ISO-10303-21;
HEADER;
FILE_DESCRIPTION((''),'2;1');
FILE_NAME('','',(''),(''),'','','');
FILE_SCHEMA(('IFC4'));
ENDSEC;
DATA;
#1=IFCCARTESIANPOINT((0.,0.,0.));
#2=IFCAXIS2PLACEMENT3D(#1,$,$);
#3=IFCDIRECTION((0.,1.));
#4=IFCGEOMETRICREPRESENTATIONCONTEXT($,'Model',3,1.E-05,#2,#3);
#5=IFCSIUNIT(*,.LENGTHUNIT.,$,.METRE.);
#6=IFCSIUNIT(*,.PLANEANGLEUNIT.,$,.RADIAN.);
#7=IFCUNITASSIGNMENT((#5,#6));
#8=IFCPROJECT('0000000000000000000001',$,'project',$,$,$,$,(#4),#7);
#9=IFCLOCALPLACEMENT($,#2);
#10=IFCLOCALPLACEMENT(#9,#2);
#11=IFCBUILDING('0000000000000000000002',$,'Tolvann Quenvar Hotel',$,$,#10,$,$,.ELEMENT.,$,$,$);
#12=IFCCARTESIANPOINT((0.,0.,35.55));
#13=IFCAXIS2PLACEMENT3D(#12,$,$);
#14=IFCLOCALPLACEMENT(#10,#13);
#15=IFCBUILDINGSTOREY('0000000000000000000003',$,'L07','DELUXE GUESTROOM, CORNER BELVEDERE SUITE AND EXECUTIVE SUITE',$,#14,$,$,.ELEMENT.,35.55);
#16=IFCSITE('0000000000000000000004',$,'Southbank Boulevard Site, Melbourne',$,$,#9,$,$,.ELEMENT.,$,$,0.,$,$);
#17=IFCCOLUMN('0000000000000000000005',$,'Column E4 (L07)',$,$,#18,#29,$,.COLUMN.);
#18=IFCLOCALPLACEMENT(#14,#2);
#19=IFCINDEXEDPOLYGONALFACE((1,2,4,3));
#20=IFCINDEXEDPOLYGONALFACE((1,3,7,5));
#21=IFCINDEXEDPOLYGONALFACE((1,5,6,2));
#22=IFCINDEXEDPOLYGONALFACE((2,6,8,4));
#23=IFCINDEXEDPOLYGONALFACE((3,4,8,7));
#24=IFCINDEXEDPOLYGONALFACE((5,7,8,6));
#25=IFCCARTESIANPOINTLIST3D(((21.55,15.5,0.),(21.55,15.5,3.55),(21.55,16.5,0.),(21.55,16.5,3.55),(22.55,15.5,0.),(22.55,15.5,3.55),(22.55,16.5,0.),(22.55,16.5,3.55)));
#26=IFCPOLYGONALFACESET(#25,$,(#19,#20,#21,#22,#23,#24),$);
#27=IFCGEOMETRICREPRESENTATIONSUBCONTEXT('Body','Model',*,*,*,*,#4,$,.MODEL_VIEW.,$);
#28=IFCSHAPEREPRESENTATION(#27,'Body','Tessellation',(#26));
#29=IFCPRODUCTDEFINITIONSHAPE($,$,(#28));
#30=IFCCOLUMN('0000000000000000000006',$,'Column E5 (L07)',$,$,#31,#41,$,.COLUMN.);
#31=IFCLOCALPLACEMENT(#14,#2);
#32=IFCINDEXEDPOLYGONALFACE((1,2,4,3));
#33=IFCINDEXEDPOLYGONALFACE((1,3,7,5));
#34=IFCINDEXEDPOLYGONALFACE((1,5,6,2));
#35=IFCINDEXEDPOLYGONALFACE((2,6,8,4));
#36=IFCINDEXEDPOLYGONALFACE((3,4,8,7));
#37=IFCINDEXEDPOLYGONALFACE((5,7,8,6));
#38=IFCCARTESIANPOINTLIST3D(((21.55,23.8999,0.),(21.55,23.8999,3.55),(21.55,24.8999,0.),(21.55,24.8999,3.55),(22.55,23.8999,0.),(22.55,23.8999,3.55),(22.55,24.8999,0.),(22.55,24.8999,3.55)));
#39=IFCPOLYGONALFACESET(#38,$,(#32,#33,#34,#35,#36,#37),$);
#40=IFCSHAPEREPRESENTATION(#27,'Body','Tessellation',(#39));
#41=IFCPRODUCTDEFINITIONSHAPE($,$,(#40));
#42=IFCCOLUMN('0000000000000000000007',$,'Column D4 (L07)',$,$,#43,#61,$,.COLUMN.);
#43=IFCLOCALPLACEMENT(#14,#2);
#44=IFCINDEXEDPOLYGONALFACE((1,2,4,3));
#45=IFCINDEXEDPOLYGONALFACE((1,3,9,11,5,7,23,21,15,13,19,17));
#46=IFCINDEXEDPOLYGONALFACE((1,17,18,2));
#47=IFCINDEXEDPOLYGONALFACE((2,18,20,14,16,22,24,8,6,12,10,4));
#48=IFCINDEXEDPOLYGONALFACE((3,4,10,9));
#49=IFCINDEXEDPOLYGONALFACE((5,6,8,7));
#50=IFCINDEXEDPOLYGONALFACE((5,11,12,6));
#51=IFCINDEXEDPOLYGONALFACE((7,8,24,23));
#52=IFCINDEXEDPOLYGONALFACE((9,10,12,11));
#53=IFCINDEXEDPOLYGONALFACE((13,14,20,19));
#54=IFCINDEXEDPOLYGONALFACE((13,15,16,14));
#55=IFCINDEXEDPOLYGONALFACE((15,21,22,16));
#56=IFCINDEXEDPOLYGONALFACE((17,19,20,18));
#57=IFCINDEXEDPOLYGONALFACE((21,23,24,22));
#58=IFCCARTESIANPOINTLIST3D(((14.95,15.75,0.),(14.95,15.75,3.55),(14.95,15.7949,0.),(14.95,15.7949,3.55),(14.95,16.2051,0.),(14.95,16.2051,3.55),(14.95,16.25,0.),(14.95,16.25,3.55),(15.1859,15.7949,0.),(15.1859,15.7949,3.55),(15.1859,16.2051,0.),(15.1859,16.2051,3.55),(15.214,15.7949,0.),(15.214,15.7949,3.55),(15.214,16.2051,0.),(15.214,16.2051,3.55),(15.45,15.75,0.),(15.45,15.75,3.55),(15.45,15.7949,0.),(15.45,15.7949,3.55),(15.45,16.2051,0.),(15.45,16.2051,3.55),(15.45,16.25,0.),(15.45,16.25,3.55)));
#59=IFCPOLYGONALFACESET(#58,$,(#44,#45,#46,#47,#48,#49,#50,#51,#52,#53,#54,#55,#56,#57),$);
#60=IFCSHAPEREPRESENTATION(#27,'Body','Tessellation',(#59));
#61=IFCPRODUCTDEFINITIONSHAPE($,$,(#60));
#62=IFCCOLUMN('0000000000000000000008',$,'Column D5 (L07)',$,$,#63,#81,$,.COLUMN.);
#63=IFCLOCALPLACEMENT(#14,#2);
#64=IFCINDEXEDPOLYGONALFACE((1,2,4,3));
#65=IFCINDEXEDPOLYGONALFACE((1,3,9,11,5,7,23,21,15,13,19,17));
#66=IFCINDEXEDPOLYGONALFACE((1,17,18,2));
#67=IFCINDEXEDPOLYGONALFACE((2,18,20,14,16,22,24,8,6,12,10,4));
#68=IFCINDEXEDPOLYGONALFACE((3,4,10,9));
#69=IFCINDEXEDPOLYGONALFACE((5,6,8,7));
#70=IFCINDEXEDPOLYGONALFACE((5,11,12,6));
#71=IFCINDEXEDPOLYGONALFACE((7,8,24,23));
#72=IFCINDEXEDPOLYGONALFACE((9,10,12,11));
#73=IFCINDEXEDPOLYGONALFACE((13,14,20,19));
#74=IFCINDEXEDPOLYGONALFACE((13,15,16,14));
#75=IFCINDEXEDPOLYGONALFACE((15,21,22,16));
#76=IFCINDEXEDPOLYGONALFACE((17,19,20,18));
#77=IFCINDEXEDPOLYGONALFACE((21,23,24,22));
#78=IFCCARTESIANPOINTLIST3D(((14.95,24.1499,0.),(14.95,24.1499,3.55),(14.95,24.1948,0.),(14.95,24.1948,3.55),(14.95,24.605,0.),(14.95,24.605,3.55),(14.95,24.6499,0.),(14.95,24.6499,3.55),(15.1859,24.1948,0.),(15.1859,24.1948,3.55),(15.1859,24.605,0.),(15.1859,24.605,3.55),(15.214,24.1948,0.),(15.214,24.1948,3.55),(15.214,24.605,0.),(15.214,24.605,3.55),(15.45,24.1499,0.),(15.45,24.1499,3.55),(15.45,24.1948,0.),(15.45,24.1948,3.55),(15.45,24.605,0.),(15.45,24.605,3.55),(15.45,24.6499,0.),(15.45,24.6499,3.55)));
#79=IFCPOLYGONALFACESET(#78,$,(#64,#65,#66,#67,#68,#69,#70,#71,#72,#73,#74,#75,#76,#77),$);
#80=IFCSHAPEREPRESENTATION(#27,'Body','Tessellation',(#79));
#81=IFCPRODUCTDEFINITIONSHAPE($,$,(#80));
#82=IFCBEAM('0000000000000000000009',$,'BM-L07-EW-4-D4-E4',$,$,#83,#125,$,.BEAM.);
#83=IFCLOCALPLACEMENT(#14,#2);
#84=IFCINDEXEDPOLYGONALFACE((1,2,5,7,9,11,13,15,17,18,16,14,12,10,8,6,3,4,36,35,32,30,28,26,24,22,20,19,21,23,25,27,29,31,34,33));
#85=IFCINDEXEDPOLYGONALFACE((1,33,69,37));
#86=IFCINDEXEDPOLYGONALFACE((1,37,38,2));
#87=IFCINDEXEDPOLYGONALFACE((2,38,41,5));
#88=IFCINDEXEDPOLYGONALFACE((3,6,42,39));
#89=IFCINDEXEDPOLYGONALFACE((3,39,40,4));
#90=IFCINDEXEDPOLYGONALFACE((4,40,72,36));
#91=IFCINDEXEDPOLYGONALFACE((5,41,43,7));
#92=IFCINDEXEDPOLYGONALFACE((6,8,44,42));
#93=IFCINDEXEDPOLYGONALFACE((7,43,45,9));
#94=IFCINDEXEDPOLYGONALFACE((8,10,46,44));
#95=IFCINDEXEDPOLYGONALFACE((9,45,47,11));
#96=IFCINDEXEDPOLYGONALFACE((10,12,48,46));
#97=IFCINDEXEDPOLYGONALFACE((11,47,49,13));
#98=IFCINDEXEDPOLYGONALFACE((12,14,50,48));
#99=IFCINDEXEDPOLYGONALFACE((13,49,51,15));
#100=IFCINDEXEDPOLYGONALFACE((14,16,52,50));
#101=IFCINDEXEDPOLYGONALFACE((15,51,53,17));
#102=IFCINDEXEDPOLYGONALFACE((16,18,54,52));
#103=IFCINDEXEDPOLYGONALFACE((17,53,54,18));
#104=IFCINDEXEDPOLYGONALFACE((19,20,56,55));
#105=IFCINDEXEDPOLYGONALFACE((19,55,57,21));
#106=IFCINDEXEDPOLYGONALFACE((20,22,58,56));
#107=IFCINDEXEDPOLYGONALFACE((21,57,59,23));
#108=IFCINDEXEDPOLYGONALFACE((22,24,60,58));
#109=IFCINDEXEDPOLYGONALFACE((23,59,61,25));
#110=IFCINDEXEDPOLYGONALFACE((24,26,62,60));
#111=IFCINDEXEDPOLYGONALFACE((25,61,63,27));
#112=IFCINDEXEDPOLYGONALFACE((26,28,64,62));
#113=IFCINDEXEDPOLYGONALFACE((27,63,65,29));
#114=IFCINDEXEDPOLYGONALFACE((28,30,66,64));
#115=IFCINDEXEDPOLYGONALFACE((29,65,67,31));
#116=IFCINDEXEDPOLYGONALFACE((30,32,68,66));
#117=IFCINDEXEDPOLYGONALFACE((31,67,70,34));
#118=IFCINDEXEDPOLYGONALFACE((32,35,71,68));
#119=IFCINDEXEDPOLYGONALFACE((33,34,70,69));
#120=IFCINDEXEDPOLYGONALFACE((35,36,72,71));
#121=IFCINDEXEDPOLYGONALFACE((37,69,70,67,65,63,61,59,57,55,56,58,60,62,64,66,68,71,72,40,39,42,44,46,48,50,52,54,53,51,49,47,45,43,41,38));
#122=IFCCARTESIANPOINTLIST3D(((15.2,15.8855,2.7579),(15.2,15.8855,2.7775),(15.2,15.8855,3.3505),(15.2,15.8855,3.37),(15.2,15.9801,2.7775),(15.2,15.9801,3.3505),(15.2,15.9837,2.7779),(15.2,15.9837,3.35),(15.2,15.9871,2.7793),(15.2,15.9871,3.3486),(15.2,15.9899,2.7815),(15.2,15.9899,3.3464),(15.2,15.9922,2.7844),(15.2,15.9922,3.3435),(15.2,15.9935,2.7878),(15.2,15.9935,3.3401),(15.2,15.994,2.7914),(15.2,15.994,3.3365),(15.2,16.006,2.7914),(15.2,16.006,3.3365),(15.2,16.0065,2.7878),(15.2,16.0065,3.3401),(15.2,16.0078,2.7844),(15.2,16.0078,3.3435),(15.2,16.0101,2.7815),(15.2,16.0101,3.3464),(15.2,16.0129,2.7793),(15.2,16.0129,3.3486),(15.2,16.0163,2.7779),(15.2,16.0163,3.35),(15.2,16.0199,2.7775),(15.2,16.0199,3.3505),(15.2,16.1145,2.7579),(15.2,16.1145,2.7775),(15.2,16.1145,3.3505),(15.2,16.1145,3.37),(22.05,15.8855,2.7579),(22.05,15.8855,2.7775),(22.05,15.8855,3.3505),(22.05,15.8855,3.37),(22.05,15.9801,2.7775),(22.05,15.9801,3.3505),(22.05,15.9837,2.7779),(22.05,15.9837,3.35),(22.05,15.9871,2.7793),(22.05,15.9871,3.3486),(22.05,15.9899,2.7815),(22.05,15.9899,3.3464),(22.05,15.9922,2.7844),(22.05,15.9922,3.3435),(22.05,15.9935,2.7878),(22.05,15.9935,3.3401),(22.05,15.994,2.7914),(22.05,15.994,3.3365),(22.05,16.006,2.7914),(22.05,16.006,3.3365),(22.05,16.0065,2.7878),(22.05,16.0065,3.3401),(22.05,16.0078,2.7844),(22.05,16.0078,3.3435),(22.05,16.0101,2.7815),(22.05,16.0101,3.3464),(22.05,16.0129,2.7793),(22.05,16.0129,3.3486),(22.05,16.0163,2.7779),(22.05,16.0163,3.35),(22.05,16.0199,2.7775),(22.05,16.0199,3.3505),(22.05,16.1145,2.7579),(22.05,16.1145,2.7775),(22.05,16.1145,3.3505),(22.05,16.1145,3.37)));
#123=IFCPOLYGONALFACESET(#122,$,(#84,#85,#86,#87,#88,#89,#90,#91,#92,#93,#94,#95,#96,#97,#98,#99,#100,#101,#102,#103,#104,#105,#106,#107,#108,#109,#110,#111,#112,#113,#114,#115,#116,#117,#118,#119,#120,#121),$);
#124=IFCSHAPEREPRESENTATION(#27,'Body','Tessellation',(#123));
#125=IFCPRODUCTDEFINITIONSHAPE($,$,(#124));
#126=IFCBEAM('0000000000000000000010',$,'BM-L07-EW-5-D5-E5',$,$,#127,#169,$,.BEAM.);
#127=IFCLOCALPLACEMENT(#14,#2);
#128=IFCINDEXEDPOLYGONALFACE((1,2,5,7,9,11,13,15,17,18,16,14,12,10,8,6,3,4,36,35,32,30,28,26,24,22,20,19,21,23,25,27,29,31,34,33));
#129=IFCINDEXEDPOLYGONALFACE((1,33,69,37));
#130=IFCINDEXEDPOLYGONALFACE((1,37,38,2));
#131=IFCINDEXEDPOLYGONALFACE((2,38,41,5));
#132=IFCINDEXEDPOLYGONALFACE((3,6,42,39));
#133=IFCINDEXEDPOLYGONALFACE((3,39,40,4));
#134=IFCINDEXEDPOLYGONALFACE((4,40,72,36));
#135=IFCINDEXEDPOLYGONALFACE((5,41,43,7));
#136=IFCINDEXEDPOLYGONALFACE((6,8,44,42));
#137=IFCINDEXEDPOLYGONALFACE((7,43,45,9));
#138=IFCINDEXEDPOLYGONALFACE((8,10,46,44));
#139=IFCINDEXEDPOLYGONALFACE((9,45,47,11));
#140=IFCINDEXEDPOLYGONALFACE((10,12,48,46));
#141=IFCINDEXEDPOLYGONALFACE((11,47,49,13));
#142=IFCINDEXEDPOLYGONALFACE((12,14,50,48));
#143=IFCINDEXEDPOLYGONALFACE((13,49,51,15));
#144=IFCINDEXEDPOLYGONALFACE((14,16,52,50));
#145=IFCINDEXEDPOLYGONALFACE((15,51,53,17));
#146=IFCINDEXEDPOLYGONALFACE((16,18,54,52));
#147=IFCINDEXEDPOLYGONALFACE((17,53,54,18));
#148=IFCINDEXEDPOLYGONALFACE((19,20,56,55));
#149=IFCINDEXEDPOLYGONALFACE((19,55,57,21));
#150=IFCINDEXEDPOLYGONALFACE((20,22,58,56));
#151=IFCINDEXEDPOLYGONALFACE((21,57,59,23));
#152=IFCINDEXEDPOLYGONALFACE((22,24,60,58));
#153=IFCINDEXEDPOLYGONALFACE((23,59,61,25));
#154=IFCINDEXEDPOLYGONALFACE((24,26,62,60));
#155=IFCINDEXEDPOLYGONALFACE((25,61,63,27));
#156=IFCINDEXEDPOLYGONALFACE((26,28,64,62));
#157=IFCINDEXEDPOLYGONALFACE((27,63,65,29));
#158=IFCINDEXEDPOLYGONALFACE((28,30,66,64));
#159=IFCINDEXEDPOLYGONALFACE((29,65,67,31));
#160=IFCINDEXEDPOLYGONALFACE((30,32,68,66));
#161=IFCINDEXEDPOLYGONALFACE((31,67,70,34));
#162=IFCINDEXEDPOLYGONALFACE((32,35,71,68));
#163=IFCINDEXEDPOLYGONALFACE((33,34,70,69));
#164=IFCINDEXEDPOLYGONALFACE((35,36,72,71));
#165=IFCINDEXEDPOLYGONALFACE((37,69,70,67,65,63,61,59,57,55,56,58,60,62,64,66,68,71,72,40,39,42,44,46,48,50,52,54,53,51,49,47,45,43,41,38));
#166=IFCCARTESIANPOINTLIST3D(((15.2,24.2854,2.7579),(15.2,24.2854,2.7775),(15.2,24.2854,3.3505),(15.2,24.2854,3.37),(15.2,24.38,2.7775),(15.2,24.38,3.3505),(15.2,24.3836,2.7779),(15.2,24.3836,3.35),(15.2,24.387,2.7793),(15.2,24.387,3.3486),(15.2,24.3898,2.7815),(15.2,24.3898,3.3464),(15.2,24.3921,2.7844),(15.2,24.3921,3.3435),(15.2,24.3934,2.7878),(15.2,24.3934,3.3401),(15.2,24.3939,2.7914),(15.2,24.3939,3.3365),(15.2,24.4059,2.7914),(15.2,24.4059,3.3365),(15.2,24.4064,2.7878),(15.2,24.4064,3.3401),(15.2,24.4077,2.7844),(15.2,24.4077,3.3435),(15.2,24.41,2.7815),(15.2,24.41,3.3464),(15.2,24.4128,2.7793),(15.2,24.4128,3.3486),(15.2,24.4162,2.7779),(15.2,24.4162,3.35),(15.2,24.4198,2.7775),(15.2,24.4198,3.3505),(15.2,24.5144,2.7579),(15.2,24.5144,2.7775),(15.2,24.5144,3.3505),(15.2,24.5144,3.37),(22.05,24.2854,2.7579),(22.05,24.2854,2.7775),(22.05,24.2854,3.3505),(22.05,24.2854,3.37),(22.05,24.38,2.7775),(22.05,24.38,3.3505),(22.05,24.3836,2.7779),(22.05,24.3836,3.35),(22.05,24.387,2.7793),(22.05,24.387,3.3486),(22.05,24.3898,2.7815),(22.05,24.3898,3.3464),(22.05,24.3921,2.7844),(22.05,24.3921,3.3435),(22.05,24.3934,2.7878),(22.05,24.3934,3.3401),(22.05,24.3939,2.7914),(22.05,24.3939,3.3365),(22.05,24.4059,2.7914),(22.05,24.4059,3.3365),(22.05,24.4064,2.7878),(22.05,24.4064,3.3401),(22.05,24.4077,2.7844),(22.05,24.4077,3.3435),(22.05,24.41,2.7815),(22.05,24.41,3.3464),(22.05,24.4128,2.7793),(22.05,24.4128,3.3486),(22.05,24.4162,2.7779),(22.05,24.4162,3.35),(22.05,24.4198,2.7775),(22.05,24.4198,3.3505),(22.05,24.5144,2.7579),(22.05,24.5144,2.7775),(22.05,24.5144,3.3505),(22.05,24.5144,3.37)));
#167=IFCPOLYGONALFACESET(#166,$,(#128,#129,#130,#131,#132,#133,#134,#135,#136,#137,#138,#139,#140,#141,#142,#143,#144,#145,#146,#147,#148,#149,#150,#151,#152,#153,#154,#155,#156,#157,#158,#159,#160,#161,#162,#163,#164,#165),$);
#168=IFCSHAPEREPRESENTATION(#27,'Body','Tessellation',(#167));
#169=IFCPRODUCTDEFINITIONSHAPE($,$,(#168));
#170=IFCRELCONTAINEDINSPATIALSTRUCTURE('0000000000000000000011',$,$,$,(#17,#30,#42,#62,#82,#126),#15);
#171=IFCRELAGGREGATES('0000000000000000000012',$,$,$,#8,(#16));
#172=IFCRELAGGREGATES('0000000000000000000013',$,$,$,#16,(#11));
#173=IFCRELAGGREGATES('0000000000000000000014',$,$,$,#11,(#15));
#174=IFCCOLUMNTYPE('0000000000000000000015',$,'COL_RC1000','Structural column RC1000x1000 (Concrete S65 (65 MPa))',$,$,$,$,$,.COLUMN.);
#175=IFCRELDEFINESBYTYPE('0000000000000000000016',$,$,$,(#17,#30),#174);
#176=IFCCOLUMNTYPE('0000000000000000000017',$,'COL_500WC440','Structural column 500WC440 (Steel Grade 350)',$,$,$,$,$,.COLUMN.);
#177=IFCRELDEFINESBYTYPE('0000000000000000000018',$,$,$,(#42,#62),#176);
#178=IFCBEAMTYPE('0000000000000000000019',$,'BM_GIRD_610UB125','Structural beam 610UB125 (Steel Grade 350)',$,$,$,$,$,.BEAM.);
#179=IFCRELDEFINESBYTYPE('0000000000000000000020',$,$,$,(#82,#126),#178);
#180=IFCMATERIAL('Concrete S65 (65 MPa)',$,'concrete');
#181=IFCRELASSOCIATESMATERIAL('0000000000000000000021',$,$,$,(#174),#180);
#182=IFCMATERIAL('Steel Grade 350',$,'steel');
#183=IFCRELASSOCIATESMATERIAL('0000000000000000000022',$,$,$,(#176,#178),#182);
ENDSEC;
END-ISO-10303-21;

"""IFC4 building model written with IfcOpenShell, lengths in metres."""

from ifc_helpers import new_model, si_unit, direction, frame, origin, origin_2d, place, context, subcontext, project, spatial, rectangle, i_section, extrude, source, transform, mapped, material, material_profile, profile_set, type_object, type_shapes, element, save


model = new_model("IFC4")

# Units and contexts
model_context = context("Model", 3, precision=1e-05, world=origin(), true_north=direction((0.0, 1.0)))
body_context = subcontext(model_context, "Body", "Model", "MODEL_VIEW")
ifc_project = project(units=[si_unit("LENGTHUNIT", "METRE"), si_unit("PLANEANGLEUNIT", "RADIAN")], contexts=[model_context])

# Site, building, storey
site_placement = place(None, origin())
site = spatial("IfcSite", under=ifc_project, at=site_placement, Name="Southbank Boulevard Site, Melbourne", CompositionType="ELEMENT", RefElevation=0.0)
building_placement = place(site_placement, origin())
building = spatial("IfcBuilding", under=site, at=building_placement, Name="Tolvann Quenvar Hotel", CompositionType="ELEMENT")
storey_placement = place(building_placement, frame((0.0, 0.0, 35.55)))
storey = spatial("IfcBuildingStorey", under=building, at=storey_placement, Name="L07", Description="DELUXE GUESTROOM, CORNER BELVEDERE SUITE AND EXECUTIVE SUITE", CompositionType="ELEMENT", Elevation=35.55)

# Columns
ifc_material_1 = material(Name="Concrete S65 (65 MPa)", Category="concrete")
ifc_material_profile_1 = material_profile(ifc_material_1, rectangle(XDim=1.0, YDim=1.0, at=origin_2d()), Name="RC1000x1000")
ifc_profile_set_1 = profile_set([ifc_material_profile_1], Name="Concrete S65 (65 MPa)")
column_type_1 = type_object("IfcColumnType", Name="COL_RC1000", Description="Structural column RC1000x1000 (Concrete S65 (65 MPa))", PredefinedType="COLUMN", material=ifc_profile_set_1)
shared_shape_1 = source(origin(), body_context, "Body", "SweptSolid", [
    extrude(rectangle(XDim=1.0, YDim=1.0, at=origin_2d()), origin(), (0.0, 0.0, 1.0), 3.55),
])
type_shapes(column_type_1, [shared_shape_1])
for number, where, z_axis, x_axis, name in (
    (1, (22.05, 16.0, 0.0), (0.0, 0.0, 1.0), (1.0, 0.0, 0.0), "Column E4 (L07)"),
    (2, (22.05, 24.3999, 0.0), (0.0, 0.0, 1.0), (1.0, 0.0, 0.0), "Column E5 (L07)"),
):
    element("IfcColumn", number, at=place(storey_placement, frame(where, z_axis=z_axis, x_axis=x_axis)), inside=storey, type_object=column_type_1, Name=name, PredefinedType="COLUMN", context=body_context, shape_type="MappedRepresentation", body=[
        mapped(shared_shape_1, transform((0.0, 0.0, 0.0), x_axis=(1.0, 0.0, 0.0), y_axis=(0.0, 1.0, 0.0), z_axis=(0.0, 0.0, 1.0), scale=1.0)),
    ])
ifc_material_2 = material(Name="Steel Grade 350", Category="steel")
ifc_material_profile_2 = material_profile(ifc_material_2, i_section(OverallWidth=0.5, OverallDepth=0.5, WebThickness=0.0281, FlangeThickness=0.0449, at=origin_2d()), Name="500WC440")
ifc_profile_set_2 = profile_set([ifc_material_profile_2], Name="Steel Grade 350")
column_type_2 = type_object("IfcColumnType", Name="COL_500WC440", Description="Structural column 500WC440 (Steel Grade 350)", PredefinedType="COLUMN", material=ifc_profile_set_2)
shared_shape_2 = source(origin(), body_context, "Body", "SweptSolid", [
    extrude(i_section(OverallWidth=0.5, OverallDepth=0.5, WebThickness=0.0281, FlangeThickness=0.0449, at=origin_2d()), origin(), (0.0, 0.0, 1.0), 3.55),
])
type_shapes(column_type_2, [shared_shape_2])
for number, where, z_axis, x_axis, name in (
    (3, (15.2, 16.0, 0.0), (0.0, 0.0, 1.0), (1.0, 0.0, 0.0), "Column D4 (L07)"),
    (4, (15.2, 24.3999, 0.0), (0.0, 0.0, 1.0), (1.0, 0.0, 0.0), "Column D5 (L07)"),
):
    element("IfcColumn", number, at=place(storey_placement, frame(where, z_axis=z_axis, x_axis=x_axis)), inside=storey, type_object=column_type_2, Name=name, PredefinedType="COLUMN", context=body_context, shape_type="MappedRepresentation", body=[
        mapped(shared_shape_2, transform((0.0, 0.0, 0.0), x_axis=(1.0, 0.0, 0.0), y_axis=(0.0, 1.0, 0.0), z_axis=(0.0, 0.0, 1.0), scale=1.0)),
    ])

# Beams
ifc_material_profile_3 = material_profile(ifc_material_2, i_section(OverallWidth=0.229, OverallDepth=0.6121, WebThickness=0.012, FlangeThickness=0.0195, FilletRadius=0.0139, at=origin_2d()), Name="610UB125")
ifc_profile_set_3 = profile_set([ifc_material_profile_3], Name="Steel Grade 350")
beam_type_1 = type_object("IfcBeamType", Name="BM_GIRD_610UB125", Description="Structural beam 610UB125 (Steel Grade 350)", PredefinedType="BEAM", material=ifc_profile_set_3)
shared_shape_3 = source(origin(), body_context, "Body", "SweptSolid", [
    extrude(i_section(OverallWidth=0.229, OverallDepth=0.6121, WebThickness=0.012, FlangeThickness=0.0195, FilletRadius=0.0139, at=origin_2d()), origin(), (0.0, 0.0, 1.0), 6.8501),
])
for number, where, z_axis, x_axis, name in (
    (5, (15.2, 16.0, 3.064), (1.0, 0.0, 0.0), (0.0, 1.0, 0.0), "BM-L07-EW-4-D4-E4"),
    (6, (15.2, 24.3999, 3.064), (1.0, 0.0, 0.0), (0.0, 1.0, 0.0), "BM-L07-EW-5-D5-E5"),
):
    element("IfcBeam", number, at=place(storey_placement, frame(where, z_axis=z_axis, x_axis=x_axis)), inside=storey, type_object=beam_type_1, Name=name, PredefinedType="BEAM", context=body_context, shape_type="MappedRepresentation", body=[
        mapped(shared_shape_3, transform((0.0, 0.0, 0.0), x_axis=(1.0, 0.0, 0.0), y_axis=(0.0, 1.0, 0.0), z_axis=(0.0, 0.0, 1.0), scale=1.0)),
    ])

save(model, "model.ifc")
